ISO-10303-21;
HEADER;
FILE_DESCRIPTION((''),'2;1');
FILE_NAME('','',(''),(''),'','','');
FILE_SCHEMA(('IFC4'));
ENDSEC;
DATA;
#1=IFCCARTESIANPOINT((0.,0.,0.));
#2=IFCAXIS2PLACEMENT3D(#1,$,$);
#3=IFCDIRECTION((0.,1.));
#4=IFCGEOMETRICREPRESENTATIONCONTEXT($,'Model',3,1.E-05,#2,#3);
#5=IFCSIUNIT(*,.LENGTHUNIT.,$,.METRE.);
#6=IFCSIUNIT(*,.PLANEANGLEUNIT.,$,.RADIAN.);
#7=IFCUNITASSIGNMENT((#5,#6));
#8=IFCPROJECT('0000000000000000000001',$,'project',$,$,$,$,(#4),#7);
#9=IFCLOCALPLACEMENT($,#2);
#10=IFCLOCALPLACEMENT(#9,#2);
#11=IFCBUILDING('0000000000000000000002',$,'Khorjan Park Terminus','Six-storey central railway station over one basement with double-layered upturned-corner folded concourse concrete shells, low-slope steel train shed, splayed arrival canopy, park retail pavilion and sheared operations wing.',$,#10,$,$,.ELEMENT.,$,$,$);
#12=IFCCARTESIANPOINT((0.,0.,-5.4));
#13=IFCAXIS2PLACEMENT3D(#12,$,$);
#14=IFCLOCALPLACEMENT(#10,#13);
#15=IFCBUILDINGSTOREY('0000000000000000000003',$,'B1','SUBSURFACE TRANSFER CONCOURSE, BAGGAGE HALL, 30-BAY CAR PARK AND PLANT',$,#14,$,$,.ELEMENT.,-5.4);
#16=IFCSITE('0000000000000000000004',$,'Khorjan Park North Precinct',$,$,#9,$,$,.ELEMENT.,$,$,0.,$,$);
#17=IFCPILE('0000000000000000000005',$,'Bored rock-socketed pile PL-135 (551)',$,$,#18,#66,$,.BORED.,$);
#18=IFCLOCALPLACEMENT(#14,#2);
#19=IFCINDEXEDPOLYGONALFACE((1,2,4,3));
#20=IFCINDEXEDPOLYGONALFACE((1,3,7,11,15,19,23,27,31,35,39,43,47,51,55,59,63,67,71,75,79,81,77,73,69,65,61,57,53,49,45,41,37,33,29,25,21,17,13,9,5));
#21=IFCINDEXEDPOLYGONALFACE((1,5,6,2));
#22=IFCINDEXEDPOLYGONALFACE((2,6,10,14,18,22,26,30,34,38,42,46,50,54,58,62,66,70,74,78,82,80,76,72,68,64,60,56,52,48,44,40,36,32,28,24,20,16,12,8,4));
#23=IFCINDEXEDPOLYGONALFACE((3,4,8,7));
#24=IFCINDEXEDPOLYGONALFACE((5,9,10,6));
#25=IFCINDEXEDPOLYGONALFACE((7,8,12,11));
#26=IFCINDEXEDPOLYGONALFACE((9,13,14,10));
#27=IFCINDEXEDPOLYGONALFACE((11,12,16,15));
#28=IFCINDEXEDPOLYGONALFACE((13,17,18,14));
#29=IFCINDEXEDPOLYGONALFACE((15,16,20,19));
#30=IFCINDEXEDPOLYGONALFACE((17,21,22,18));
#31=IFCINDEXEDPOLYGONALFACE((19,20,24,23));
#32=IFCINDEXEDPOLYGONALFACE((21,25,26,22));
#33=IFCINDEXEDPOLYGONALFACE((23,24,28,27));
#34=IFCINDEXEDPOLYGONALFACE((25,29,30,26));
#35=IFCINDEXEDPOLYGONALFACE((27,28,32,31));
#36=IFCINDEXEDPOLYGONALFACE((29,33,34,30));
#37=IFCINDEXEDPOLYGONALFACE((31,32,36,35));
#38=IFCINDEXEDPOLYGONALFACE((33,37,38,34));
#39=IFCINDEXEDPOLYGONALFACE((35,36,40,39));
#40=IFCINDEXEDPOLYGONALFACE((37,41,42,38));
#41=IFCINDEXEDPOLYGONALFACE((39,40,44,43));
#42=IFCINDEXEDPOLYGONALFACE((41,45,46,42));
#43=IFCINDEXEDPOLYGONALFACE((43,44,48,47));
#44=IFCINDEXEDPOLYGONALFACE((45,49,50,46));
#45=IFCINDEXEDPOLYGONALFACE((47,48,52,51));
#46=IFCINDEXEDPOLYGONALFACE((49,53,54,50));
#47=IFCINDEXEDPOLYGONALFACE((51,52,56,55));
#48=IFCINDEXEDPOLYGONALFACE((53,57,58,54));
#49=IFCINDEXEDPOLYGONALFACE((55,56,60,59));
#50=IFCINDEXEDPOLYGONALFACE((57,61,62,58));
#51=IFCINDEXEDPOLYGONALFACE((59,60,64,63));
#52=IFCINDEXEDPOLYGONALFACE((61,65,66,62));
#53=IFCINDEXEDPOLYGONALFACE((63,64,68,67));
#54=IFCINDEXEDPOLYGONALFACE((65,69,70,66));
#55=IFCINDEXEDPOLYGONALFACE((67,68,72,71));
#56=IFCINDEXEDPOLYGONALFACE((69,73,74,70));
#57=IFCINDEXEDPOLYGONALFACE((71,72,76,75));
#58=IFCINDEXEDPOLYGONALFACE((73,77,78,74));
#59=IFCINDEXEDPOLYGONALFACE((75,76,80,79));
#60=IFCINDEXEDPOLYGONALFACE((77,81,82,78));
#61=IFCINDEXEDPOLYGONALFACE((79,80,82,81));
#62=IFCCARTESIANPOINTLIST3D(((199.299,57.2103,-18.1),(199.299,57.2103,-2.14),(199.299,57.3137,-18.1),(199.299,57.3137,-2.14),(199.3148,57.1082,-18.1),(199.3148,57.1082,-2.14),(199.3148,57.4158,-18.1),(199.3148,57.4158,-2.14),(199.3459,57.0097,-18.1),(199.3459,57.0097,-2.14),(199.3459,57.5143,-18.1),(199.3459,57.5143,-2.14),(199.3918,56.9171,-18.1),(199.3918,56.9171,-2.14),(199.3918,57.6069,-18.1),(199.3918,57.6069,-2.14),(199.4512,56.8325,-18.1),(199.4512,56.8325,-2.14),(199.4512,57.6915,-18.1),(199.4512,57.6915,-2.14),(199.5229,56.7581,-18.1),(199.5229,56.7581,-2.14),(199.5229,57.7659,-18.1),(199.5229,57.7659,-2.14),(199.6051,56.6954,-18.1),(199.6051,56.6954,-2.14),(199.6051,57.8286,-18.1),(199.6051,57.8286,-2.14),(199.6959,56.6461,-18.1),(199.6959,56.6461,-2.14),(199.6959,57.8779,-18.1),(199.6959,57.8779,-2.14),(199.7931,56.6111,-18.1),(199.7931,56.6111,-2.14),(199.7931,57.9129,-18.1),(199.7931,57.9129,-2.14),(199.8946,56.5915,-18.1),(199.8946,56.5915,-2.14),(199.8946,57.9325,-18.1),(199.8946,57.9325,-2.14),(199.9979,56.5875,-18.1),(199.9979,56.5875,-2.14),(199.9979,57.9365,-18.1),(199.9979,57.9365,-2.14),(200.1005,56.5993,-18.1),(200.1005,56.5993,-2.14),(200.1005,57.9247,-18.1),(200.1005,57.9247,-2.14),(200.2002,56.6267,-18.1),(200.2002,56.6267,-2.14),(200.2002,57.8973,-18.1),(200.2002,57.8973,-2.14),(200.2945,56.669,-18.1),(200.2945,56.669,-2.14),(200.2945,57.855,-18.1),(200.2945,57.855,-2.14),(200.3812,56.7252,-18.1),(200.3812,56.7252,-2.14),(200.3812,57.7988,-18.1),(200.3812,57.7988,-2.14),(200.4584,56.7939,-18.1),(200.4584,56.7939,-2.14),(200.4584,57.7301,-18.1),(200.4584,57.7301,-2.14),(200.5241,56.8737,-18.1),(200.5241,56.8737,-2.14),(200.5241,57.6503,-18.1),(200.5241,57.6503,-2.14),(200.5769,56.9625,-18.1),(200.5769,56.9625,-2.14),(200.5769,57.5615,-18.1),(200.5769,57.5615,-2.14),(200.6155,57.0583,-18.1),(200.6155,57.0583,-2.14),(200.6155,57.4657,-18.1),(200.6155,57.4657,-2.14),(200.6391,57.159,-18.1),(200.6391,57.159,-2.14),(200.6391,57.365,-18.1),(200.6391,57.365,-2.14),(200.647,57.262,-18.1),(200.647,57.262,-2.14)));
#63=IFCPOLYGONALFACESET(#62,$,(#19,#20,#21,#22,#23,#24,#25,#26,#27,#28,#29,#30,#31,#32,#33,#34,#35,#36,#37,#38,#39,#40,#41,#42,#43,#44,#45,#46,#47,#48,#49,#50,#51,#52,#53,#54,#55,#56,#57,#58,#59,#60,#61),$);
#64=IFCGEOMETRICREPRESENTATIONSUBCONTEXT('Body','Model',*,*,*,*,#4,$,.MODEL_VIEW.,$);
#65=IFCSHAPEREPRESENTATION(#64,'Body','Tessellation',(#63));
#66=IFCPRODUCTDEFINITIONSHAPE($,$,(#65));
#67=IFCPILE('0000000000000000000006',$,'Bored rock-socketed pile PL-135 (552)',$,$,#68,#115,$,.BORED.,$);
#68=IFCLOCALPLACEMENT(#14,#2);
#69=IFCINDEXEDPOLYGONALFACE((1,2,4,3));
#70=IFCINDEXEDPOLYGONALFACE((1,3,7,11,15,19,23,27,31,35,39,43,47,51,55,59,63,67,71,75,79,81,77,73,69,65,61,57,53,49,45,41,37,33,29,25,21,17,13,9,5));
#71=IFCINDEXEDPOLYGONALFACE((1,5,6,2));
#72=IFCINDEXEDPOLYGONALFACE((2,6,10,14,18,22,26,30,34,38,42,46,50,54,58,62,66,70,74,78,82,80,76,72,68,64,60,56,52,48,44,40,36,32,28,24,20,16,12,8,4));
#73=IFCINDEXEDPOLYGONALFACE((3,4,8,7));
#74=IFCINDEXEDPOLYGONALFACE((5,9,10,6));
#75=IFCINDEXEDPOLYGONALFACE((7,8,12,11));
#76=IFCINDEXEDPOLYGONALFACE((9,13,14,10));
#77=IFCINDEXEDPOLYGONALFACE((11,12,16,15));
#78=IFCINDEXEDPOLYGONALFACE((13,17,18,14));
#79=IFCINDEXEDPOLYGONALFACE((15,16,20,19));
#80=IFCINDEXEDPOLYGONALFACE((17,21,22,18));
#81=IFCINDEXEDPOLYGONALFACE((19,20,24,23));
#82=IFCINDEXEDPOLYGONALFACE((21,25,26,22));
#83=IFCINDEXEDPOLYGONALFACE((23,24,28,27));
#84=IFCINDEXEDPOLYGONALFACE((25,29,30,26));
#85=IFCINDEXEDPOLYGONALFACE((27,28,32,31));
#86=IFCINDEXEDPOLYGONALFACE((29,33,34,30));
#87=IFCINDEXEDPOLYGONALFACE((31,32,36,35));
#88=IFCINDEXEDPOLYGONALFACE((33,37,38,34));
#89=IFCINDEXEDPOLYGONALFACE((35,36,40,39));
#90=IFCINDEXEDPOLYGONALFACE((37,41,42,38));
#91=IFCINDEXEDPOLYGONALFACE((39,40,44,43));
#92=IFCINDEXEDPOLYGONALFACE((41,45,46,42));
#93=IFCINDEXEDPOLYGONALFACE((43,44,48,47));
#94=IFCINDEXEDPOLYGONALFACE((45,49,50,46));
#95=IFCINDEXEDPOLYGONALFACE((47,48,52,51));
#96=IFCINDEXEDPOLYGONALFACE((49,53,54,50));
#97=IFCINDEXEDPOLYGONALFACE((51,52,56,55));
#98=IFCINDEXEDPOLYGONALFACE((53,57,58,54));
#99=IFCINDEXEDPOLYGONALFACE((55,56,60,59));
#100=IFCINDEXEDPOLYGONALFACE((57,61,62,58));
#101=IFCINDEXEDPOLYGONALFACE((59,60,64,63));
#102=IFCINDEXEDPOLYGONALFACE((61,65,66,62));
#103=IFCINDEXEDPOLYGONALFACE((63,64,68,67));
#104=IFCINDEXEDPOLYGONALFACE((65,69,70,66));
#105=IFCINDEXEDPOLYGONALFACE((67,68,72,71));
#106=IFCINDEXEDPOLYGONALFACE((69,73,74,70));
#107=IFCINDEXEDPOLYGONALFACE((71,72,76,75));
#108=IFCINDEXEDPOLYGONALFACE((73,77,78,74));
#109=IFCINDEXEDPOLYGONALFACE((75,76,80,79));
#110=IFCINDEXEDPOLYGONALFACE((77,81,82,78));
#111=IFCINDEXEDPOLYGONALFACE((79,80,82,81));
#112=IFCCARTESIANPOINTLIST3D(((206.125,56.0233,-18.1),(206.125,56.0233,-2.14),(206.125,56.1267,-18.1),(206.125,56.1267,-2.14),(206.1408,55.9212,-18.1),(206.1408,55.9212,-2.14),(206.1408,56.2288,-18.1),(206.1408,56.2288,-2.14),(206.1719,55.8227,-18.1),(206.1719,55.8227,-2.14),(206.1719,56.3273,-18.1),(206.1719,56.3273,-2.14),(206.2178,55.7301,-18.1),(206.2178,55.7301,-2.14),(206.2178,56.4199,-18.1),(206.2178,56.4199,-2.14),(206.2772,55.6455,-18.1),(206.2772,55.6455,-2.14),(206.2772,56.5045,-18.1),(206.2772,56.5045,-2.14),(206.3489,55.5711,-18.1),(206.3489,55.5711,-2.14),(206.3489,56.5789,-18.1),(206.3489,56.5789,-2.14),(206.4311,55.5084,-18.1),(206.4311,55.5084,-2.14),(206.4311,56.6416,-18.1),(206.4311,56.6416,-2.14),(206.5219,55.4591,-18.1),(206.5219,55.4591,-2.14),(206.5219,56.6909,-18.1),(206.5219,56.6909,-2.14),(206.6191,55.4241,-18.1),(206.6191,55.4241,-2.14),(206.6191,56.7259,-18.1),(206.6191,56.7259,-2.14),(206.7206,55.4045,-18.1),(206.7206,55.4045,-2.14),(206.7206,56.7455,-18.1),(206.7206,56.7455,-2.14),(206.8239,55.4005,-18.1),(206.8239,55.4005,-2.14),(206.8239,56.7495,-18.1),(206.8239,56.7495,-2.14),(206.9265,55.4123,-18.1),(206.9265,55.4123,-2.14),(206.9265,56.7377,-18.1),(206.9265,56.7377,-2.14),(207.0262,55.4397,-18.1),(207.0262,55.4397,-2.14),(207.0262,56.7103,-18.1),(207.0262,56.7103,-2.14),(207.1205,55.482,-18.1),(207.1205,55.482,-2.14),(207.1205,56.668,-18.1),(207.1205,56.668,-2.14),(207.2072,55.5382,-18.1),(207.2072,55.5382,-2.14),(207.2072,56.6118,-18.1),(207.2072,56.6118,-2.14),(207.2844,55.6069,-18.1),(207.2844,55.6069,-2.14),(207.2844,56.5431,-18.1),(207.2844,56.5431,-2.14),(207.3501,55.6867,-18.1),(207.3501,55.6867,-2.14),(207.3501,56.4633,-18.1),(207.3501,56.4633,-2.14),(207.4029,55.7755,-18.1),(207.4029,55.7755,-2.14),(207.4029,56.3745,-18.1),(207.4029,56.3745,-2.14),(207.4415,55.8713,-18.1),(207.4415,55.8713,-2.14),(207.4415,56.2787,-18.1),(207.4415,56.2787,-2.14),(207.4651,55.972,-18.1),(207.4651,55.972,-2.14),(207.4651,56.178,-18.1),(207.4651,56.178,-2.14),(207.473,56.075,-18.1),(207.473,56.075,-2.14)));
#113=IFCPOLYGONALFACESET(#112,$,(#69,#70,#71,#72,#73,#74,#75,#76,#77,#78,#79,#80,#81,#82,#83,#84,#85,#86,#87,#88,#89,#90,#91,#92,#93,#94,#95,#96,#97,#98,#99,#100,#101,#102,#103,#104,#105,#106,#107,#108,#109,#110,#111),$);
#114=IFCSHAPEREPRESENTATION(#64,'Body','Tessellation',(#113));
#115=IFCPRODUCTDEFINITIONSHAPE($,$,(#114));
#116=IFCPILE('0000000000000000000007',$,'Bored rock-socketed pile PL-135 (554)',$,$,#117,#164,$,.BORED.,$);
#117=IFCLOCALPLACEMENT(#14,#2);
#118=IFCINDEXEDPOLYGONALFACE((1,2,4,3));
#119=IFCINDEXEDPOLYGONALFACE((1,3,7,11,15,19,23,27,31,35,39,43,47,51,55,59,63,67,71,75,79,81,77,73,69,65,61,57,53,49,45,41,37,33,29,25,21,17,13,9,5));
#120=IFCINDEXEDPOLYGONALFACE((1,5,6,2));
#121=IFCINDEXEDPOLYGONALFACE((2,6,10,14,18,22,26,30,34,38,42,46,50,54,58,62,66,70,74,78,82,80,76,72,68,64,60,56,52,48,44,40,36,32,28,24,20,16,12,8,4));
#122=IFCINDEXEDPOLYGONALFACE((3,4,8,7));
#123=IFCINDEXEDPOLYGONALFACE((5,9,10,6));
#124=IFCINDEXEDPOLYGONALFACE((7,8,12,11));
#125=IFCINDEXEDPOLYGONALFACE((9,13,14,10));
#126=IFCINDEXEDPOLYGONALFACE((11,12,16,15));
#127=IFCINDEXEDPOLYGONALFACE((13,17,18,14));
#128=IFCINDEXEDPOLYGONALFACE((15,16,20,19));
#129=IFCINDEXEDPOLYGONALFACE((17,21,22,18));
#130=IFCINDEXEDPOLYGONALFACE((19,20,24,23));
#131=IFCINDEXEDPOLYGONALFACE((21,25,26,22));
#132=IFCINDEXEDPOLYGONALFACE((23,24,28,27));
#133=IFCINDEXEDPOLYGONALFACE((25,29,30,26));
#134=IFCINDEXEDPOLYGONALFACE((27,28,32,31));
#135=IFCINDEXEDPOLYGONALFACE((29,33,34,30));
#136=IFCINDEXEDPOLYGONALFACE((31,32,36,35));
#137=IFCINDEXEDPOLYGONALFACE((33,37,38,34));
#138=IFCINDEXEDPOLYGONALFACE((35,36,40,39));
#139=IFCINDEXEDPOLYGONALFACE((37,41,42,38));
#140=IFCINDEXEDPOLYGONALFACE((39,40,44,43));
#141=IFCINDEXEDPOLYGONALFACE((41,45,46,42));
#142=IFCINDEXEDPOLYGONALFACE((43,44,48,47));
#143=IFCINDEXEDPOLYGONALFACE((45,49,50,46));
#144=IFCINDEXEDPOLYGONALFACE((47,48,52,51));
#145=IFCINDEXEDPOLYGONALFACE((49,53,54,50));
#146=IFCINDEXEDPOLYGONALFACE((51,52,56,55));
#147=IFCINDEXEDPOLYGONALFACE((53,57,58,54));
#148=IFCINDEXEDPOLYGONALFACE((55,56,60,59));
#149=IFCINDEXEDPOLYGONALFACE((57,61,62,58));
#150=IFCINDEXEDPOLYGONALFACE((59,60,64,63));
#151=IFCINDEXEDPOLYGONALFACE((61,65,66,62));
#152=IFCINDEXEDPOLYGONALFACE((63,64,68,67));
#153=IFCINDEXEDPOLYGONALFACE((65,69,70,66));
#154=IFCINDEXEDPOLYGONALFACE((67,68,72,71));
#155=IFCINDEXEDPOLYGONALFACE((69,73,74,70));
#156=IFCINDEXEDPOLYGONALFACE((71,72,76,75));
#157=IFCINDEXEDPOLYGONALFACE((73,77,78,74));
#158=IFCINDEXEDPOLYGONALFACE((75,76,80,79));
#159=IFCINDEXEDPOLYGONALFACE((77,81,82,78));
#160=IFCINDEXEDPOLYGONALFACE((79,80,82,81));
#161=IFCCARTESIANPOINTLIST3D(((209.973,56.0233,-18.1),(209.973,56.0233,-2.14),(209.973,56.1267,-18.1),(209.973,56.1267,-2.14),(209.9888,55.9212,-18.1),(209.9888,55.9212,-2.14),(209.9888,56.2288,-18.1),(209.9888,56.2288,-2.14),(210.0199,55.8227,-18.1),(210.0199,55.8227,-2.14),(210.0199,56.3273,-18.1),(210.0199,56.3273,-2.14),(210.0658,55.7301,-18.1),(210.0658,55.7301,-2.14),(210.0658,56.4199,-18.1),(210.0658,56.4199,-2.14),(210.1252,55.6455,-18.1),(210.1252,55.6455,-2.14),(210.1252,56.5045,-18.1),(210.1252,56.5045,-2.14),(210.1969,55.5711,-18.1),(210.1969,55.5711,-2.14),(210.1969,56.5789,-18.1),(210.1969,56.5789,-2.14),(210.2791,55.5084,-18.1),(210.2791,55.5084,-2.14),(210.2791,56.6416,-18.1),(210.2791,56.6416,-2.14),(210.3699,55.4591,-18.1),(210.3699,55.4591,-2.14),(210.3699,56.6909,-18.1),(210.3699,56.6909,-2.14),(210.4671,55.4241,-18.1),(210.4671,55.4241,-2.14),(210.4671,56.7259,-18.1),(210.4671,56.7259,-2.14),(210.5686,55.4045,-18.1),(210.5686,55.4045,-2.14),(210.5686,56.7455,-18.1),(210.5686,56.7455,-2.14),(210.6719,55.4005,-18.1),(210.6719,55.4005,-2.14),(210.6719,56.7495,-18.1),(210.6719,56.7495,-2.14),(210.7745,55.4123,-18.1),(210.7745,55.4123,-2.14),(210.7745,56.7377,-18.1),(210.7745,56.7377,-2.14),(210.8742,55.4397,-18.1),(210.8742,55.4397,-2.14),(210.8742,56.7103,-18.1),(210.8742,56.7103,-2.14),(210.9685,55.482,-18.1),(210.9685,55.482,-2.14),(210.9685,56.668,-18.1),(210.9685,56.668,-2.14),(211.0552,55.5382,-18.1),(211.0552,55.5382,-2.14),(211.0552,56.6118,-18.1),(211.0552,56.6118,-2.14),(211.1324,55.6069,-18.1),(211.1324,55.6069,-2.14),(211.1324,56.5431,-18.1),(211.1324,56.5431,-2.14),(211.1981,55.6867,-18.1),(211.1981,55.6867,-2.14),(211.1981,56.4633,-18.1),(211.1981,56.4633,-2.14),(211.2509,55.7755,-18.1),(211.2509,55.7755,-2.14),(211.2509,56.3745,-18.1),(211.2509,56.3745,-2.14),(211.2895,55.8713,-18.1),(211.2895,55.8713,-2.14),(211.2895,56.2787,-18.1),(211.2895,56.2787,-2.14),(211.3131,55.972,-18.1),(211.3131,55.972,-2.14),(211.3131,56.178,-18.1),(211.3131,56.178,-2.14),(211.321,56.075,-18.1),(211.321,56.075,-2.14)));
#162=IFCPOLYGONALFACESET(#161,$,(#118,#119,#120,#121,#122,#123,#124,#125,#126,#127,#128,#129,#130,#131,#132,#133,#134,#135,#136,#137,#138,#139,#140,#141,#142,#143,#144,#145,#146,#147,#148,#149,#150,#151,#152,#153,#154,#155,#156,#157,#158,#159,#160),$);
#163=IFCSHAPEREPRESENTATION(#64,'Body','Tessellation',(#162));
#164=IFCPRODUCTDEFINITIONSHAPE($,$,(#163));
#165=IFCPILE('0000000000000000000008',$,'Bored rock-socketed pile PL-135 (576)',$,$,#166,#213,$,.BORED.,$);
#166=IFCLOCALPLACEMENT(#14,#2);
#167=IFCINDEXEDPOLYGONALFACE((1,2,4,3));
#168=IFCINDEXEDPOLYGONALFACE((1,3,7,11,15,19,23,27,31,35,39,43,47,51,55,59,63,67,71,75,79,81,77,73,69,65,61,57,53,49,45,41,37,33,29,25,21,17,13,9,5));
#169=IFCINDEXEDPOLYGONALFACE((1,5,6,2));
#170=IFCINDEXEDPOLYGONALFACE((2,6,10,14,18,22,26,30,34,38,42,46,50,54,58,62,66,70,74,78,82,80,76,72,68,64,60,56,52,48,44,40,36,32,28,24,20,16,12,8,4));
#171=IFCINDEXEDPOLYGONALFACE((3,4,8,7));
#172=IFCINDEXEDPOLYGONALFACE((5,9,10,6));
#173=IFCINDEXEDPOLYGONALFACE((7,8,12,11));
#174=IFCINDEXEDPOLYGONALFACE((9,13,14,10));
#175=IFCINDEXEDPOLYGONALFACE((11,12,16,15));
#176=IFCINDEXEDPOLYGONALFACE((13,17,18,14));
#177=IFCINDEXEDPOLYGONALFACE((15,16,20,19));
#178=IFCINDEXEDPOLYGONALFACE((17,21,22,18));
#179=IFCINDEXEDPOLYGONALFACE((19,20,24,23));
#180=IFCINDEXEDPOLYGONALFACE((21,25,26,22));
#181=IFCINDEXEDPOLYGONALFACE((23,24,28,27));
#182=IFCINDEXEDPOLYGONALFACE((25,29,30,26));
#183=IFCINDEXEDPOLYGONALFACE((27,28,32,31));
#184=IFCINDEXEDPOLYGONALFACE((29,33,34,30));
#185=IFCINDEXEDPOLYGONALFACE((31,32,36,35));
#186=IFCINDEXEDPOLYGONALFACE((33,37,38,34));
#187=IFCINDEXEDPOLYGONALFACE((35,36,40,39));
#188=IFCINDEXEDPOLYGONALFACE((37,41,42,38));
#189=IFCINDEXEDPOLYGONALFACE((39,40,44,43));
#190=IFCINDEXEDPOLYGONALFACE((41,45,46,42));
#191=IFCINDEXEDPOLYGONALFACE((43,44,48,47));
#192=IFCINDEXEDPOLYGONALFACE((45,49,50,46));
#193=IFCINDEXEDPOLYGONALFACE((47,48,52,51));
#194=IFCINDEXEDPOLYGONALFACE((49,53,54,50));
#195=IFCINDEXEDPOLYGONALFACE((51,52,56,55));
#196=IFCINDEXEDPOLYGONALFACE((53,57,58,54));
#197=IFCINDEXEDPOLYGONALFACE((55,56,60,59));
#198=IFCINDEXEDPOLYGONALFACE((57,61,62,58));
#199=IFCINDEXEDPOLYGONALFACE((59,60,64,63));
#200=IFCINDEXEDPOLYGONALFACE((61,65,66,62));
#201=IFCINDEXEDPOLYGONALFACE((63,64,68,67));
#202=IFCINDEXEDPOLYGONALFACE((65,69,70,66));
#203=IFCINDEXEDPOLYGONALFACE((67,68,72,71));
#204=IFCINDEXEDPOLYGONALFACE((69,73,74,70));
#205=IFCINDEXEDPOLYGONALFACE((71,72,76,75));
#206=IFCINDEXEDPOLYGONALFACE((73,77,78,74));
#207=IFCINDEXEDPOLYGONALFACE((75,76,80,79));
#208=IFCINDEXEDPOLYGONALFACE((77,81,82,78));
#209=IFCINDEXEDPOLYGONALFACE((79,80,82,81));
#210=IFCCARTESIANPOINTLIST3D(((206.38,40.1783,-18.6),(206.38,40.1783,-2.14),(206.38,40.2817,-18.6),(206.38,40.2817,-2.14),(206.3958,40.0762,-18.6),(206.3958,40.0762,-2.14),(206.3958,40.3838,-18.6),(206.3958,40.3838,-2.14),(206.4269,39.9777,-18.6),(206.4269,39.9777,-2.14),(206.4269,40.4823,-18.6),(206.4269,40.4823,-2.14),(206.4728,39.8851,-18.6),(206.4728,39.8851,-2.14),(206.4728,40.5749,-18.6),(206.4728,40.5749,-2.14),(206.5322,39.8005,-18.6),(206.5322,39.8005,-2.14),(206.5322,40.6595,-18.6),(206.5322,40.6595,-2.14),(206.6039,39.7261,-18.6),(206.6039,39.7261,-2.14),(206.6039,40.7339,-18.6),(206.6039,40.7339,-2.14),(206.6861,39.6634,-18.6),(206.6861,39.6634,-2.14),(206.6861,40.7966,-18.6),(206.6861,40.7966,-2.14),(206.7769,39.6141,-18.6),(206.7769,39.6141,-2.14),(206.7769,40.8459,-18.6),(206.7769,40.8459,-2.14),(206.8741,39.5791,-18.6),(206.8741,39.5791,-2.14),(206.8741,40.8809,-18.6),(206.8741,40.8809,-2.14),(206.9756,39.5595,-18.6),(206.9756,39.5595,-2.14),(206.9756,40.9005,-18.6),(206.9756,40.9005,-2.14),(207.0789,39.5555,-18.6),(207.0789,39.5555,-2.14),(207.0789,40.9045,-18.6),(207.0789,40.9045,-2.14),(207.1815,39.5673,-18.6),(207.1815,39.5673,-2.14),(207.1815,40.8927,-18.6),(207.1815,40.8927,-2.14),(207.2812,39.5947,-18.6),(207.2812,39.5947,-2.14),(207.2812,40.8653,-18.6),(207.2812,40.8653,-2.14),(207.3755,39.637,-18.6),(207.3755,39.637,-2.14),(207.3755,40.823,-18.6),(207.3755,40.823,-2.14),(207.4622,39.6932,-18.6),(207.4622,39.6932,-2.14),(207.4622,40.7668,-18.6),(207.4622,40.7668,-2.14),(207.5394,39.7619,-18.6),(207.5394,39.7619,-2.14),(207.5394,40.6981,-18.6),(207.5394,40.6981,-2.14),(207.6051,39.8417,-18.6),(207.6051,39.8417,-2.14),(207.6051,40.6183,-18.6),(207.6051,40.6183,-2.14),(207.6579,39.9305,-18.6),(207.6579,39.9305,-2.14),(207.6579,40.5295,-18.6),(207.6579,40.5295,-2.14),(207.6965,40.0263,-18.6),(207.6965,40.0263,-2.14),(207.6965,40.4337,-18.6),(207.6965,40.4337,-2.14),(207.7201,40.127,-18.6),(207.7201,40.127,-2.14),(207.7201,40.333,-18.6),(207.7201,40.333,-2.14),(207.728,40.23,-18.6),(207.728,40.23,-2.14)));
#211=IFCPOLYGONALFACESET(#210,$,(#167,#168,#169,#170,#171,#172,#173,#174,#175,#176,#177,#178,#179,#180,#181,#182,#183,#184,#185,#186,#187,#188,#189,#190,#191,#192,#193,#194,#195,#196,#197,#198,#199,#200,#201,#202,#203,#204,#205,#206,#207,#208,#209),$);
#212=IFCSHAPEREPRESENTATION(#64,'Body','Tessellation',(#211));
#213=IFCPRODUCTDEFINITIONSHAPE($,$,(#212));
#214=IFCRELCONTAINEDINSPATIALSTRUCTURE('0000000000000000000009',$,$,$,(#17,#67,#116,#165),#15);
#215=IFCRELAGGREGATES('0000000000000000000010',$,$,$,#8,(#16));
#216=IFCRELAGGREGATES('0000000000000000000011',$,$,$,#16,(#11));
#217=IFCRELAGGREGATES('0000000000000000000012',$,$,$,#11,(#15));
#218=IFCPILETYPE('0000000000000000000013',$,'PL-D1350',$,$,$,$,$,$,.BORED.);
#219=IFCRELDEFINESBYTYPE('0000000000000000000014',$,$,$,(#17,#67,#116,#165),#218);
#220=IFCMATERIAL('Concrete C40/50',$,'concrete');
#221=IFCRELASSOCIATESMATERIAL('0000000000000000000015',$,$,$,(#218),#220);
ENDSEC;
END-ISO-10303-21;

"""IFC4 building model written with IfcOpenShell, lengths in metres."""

from ifc_helpers import new_model, si_unit, direction, frame, origin, origin_2d, place, context, subcontext, project, spatial, circle, extrude, material, material_profile, profile_set, type_object, element, save


model = new_model("IFC4")

# Units and contexts
model_context = context("Model", 3, precision=1e-05, world=origin(), true_north=direction((0.0, 1.0)))
body_context = subcontext(model_context, "Body", "Model", "MODEL_VIEW")
ifc_project = project(units=[si_unit("LENGTHUNIT", "METRE"), si_unit("PLANEANGLEUNIT", "RADIAN")], contexts=[model_context])

# Site, building, storey
site_placement = place(None, origin())
site = spatial("IfcSite", under=ifc_project, at=site_placement, Name="Khorjan Park North Precinct", CompositionType="ELEMENT", RefElevation=0.0)
building_placement = place(site_placement, origin())
building = spatial("IfcBuilding", under=site, at=building_placement, Name="Khorjan Park Terminus", Description="Six-storey central railway station over one basement with double-layered upturned-corner folded concourse concrete shells, low-slope steel train shed, splayed arrival canopy, park retail pavilion and sheared operations wing.", CompositionType="ELEMENT")
storey_placement = place(building_placement, frame((0.0, 0.0, -5.4)))
storey = spatial("IfcBuildingStorey", under=building, at=storey_placement, Name="B1", Description="SUBSURFACE TRANSFER CONCOURSE, BAGGAGE HALL, 30-BAY CAR PARK AND PLANT", CompositionType="ELEMENT", Elevation=-5.4)

# Piles
ifc_material_1 = material(Name="Concrete C40/50", Category="concrete")
ifc_material_profile_1 = material_profile(ifc_material_1, circle(Radius=0.675, at=origin_2d()), Name="BORED D1350")
ifc_profile_set_1 = profile_set([ifc_material_profile_1], Name="Concrete C40/50")
pile_type = type_object("IfcPileType", Name="PL-D1350", PredefinedType="BORED", material=ifc_profile_set_1)
for number, where, z_axis, x_axis, name in (
    (1, (199.972, 57.262, -2.14), (0.0, 0.0, -1.0), (1.0, 0.0, 0.0), "Bored rock-socketed pile PL-135 (551)"),
    (2, (206.798, 56.075, -2.14), (0.0, 0.0, -1.0), (1.0, 0.0, 0.0), "Bored rock-socketed pile PL-135 (552)"),
    (3, (210.646, 56.075, -2.14), (0.0, 0.0, -1.0), (1.0, 0.0, 0.0), "Bored rock-socketed pile PL-135 (554)"),
):
    element("IfcPile", number, at=place(storey_placement, frame(where, z_axis=z_axis, x_axis=x_axis)), inside=storey, type_object=pile_type, Name=name, PredefinedType="BORED", context=body_context, shape_type="SweptSolid", body=[
        extrude(circle(Radius=0.675, at=origin_2d()), origin(), (0.0, 0.0, 1.0), 15.96),
    ])
pile_placement = place(storey_placement, frame((207.053, 40.23, -2.14), z_axis=(0.0, 0.0, -1.0), x_axis=(1.0, 0.0, 0.0)))
element("IfcPile", 4, at=pile_placement, inside=storey, type_object=pile_type, Name="Bored rock-socketed pile PL-135 (576)", PredefinedType="BORED", context=body_context, shape_type="SweptSolid", body=[
    extrude(circle(Radius=0.675, at=origin_2d()), origin(), (0.0, 0.0, 1.0), 16.46),
])

save(model, "model.ifc")
